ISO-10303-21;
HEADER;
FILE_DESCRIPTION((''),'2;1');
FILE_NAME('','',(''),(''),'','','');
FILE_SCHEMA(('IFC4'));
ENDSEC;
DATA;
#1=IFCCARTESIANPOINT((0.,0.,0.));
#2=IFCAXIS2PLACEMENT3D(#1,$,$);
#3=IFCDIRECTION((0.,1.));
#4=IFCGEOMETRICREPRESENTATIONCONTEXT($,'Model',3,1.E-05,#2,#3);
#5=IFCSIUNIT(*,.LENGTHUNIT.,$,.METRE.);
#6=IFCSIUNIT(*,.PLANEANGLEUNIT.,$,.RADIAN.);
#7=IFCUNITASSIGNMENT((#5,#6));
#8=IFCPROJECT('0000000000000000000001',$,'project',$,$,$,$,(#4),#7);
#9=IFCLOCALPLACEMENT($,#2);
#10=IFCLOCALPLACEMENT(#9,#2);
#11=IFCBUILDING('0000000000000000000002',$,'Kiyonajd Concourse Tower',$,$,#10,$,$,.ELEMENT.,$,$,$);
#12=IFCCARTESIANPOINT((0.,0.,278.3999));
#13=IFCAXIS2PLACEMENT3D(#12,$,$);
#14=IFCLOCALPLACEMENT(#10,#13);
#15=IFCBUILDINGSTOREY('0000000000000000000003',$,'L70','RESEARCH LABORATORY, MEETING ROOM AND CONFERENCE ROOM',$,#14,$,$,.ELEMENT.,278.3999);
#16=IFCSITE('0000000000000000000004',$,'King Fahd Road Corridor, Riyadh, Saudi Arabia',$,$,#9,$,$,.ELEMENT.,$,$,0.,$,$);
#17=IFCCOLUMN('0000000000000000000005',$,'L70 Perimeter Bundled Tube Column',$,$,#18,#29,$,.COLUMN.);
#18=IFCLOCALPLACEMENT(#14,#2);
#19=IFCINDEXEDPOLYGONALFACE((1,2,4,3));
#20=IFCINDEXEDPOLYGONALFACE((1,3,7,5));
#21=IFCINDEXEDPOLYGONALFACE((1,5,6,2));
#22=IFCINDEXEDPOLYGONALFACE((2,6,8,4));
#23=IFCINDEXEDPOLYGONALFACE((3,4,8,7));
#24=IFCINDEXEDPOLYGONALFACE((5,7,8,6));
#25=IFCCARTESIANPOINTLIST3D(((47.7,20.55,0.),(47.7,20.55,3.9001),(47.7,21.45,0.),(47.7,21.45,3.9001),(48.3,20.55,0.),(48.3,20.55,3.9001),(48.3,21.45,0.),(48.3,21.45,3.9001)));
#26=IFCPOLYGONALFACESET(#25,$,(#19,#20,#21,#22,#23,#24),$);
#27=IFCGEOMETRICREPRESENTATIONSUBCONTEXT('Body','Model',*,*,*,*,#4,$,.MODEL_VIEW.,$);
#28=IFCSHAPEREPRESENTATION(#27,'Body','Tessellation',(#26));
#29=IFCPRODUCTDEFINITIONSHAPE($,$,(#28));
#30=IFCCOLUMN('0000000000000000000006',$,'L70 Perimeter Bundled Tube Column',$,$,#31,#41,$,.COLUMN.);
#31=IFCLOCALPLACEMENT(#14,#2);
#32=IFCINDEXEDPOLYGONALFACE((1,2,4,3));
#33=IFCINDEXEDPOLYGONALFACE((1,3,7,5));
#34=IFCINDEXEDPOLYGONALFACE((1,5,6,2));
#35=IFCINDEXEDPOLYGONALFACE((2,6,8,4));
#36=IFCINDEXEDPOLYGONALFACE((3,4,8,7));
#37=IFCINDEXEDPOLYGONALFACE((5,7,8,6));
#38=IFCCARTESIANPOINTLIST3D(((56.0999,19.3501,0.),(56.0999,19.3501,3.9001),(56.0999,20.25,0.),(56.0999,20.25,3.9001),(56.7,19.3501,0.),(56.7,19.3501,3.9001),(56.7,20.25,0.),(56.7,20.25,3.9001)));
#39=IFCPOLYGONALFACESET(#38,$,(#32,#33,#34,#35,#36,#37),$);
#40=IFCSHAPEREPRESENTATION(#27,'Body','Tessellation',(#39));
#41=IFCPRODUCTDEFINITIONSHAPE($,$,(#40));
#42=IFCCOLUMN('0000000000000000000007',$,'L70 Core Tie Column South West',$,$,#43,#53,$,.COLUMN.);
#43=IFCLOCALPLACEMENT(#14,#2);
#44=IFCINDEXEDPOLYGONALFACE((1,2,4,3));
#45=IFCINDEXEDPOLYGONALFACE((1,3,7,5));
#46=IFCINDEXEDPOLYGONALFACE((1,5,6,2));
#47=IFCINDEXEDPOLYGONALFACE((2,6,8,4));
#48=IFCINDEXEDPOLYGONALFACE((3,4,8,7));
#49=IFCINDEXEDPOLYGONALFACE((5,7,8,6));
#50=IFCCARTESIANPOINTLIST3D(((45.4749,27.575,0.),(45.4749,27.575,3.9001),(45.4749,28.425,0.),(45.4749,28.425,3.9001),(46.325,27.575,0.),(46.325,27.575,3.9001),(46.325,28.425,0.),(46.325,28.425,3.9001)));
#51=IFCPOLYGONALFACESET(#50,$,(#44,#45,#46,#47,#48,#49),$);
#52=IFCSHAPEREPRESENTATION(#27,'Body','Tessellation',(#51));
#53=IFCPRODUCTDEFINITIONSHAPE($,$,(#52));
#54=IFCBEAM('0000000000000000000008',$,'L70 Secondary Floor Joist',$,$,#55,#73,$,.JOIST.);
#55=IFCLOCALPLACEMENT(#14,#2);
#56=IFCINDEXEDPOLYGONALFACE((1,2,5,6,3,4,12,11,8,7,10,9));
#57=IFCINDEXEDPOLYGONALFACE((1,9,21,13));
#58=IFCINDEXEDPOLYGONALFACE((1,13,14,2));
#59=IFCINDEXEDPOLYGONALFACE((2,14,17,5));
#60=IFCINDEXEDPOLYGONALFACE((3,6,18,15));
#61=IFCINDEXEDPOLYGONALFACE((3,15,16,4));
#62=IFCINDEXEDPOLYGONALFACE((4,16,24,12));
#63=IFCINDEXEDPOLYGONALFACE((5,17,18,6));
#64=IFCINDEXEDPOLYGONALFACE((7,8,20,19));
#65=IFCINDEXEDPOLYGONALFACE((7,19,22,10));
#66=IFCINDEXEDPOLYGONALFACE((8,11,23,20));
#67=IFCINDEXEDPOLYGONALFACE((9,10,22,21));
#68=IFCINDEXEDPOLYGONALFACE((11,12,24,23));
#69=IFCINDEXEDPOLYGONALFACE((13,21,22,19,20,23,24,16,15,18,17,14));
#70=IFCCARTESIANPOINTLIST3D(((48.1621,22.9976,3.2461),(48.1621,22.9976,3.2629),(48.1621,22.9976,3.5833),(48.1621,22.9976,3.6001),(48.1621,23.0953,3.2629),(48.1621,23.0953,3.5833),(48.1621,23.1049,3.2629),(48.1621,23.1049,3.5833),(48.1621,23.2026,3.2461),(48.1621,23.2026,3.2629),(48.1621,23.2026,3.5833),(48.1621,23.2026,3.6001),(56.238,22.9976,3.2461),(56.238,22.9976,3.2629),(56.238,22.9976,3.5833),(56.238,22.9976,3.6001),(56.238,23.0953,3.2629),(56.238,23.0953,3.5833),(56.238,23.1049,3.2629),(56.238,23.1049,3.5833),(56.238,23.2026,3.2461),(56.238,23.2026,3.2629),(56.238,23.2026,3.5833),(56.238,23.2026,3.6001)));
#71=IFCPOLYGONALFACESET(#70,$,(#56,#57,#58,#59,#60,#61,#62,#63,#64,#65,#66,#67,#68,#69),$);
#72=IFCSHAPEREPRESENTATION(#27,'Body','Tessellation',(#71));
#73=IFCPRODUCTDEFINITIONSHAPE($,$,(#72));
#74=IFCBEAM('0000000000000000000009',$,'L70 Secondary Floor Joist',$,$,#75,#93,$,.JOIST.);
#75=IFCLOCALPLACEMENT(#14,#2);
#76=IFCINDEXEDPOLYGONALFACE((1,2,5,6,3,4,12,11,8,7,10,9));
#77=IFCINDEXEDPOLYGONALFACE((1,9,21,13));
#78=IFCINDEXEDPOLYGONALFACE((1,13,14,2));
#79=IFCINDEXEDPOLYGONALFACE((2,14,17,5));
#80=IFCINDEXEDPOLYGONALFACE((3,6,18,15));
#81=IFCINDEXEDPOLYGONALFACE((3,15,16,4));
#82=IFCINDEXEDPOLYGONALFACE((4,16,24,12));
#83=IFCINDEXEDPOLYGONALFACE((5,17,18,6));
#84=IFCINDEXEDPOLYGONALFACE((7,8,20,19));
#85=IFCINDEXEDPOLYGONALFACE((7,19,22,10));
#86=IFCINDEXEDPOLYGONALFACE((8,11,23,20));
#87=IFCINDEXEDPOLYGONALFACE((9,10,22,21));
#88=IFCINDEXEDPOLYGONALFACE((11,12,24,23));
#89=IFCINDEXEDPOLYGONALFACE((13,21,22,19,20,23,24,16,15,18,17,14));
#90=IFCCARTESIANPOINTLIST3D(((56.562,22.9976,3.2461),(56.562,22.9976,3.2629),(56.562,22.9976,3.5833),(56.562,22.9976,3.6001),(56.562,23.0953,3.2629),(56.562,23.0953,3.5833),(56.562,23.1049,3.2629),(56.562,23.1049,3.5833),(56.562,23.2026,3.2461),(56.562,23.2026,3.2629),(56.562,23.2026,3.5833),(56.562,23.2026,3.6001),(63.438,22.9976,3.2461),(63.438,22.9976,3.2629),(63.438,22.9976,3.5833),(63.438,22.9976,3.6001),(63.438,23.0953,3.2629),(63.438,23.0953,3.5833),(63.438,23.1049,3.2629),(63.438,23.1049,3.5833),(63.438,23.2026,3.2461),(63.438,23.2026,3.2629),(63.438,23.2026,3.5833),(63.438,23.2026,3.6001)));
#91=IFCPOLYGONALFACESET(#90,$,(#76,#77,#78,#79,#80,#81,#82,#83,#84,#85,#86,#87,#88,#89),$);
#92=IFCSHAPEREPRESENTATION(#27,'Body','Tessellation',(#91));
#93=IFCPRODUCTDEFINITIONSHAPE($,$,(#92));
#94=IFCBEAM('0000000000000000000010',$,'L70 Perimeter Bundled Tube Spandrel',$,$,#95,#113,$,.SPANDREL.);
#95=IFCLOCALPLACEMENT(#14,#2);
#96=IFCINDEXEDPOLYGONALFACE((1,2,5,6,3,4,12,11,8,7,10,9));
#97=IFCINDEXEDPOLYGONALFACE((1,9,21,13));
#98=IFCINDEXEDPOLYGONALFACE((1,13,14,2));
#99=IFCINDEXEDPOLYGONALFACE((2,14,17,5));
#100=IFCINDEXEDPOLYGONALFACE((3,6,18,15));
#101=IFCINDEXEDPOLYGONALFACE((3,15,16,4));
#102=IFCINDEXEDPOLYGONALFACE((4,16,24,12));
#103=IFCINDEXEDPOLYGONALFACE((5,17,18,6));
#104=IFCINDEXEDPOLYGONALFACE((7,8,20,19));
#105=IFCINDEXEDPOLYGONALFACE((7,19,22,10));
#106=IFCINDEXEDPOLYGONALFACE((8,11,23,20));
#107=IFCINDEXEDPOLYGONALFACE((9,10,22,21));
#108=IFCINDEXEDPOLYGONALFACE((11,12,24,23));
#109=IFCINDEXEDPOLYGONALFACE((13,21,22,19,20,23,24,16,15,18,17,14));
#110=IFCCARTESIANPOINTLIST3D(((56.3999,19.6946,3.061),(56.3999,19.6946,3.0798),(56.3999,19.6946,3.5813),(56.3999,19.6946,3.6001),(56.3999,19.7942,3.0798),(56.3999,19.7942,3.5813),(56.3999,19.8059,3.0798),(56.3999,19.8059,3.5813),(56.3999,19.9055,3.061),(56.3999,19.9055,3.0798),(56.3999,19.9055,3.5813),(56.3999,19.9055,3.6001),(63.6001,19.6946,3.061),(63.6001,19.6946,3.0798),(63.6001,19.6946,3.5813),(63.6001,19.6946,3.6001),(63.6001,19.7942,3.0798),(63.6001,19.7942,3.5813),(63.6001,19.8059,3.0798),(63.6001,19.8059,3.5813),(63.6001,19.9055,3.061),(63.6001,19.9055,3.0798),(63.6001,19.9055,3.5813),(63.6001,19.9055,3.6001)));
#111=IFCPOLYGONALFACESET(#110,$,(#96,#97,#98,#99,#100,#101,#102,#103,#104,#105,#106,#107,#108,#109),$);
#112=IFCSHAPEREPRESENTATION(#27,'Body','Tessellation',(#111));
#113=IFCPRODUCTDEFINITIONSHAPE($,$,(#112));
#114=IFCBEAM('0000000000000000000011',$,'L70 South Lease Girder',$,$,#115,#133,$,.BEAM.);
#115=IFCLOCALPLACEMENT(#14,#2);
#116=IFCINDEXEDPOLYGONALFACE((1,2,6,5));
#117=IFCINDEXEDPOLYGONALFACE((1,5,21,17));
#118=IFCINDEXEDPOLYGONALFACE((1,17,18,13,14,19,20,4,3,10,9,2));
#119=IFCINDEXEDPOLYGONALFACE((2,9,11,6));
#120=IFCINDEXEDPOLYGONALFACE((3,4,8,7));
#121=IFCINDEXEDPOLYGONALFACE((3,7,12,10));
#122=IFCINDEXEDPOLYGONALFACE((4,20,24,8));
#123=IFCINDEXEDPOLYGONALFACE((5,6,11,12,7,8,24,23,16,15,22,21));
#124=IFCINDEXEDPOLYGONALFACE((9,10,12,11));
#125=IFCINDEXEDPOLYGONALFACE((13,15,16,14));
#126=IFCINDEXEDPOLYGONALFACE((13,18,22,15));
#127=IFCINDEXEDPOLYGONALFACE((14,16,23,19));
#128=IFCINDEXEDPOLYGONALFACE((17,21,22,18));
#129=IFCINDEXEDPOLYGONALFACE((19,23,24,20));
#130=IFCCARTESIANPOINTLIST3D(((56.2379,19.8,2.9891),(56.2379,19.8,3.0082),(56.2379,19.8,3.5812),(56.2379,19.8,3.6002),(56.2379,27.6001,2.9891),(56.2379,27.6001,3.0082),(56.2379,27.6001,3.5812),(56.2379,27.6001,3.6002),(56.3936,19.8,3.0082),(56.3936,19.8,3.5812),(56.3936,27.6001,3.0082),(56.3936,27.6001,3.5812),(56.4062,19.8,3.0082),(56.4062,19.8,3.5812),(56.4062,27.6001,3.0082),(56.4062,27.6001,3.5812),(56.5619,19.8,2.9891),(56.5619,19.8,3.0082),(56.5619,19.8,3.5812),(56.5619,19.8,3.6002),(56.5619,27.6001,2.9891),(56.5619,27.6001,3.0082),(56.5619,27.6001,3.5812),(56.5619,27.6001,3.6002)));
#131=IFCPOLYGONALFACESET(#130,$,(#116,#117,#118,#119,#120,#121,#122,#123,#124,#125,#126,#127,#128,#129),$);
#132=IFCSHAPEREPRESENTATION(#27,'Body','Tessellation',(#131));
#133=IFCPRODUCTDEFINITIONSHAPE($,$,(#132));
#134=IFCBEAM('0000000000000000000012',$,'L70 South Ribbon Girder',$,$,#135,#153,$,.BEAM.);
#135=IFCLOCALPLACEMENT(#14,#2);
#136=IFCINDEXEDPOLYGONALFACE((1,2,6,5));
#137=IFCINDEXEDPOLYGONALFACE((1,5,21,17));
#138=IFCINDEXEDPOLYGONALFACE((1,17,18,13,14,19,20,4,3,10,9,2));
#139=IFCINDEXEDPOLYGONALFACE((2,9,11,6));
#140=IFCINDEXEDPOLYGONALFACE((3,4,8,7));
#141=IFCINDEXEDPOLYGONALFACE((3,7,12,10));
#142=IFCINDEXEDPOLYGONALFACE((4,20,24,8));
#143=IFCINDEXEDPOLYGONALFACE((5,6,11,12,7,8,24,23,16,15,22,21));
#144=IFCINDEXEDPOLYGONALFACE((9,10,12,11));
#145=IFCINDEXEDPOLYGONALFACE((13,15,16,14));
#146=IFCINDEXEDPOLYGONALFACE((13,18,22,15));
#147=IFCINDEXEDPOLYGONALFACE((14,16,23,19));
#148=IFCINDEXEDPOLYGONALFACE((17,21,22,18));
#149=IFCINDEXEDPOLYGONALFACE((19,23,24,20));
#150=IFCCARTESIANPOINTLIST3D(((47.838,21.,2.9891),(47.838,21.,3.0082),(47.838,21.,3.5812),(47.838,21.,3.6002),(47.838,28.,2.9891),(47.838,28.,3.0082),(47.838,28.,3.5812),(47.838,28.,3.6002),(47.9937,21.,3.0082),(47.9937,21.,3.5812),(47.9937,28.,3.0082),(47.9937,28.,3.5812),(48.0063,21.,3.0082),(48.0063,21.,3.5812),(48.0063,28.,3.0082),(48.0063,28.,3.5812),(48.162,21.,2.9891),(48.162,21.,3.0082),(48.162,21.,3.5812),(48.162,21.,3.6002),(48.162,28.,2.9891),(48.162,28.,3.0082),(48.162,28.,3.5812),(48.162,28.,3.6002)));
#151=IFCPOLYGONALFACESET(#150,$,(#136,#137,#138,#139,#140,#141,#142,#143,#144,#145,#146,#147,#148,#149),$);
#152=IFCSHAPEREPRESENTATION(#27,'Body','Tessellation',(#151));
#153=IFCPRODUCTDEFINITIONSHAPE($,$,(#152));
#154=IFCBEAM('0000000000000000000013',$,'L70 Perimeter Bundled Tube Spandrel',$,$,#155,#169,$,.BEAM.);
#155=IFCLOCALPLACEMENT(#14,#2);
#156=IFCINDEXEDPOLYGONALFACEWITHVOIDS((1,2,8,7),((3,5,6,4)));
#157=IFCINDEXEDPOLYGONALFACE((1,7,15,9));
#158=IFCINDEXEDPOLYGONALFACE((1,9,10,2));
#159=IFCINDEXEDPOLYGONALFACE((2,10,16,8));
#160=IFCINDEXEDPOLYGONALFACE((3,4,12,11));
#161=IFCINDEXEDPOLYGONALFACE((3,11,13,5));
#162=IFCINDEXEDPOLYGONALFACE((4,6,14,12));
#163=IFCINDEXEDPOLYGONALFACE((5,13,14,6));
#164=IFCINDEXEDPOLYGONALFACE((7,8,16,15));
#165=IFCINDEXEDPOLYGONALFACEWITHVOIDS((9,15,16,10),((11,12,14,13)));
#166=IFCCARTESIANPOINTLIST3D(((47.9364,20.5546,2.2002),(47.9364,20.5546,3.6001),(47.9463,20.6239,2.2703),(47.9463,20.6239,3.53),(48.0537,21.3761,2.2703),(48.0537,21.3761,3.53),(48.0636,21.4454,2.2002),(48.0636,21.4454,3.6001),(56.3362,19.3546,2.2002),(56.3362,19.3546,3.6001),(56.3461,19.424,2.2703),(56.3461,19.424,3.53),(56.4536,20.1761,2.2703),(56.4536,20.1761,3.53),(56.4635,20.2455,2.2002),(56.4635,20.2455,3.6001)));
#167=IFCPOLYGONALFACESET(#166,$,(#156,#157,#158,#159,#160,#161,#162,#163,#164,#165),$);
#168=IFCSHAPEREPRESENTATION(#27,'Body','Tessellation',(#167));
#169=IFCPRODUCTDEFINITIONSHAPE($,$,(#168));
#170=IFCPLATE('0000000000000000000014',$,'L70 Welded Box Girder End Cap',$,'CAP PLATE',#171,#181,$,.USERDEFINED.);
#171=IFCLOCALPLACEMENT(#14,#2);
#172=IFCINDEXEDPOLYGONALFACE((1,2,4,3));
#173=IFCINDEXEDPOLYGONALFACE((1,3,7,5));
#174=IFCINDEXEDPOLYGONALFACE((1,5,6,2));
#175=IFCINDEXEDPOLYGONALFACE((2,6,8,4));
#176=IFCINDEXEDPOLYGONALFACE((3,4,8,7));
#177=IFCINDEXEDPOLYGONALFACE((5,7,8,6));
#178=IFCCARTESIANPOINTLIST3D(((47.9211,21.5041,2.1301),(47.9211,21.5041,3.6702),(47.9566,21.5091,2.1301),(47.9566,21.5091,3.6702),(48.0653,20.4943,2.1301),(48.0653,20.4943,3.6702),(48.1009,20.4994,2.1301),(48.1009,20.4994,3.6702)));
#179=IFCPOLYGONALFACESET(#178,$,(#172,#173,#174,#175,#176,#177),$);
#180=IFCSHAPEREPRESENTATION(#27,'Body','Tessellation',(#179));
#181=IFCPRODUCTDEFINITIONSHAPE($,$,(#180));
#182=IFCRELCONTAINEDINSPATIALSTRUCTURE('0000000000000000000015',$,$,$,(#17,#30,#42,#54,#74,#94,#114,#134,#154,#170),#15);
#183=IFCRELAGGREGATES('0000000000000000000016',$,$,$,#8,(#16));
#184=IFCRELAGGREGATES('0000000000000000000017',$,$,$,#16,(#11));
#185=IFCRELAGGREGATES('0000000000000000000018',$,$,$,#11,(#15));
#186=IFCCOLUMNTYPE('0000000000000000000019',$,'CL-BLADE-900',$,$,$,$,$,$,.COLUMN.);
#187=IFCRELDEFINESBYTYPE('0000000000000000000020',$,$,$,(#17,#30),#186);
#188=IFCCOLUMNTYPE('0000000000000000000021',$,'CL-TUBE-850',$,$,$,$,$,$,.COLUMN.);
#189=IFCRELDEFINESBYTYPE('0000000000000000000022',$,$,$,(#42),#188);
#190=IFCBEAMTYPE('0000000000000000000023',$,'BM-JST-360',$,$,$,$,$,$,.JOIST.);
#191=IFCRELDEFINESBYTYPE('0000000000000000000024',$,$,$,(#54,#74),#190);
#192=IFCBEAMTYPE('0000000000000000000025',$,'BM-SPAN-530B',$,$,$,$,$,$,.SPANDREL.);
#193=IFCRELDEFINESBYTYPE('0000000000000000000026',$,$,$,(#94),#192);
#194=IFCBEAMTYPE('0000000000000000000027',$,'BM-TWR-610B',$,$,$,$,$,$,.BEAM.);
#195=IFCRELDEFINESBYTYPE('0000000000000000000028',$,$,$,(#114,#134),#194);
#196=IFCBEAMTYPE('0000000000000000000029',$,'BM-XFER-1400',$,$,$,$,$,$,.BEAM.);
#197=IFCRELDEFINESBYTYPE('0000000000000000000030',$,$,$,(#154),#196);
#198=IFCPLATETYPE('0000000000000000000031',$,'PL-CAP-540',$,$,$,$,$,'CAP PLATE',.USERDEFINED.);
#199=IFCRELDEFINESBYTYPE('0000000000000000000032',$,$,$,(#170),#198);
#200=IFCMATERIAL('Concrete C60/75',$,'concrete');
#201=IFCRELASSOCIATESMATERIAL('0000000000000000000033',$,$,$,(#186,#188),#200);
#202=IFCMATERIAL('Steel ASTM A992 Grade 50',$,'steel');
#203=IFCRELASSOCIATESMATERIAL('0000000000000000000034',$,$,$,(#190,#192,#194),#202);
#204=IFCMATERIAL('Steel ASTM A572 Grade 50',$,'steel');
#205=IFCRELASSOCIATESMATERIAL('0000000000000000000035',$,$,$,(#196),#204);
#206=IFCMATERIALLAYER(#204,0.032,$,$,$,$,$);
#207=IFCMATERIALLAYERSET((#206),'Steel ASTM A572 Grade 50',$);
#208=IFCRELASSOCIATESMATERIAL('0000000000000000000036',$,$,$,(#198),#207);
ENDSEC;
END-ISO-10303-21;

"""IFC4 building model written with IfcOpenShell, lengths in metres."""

from ifc_helpers import new_model, si_unit, direction, frame, origin, origin_2d, place, context, subcontext, project, spatial, rectangle, hollow_rectangle, i_section, extrude, material, layer, layer_set, material_profile, profile_set, type_object, element, save


model = new_model("IFC4")

# Units and contexts
model_context = context("Model", 3, precision=1e-05, world=origin(), true_north=direction((0.0, 1.0)))
body_context = subcontext(model_context, "Body", "Model", "MODEL_VIEW")
ifc_project = project(units=[si_unit("LENGTHUNIT", "METRE"), si_unit("PLANEANGLEUNIT", "RADIAN")], contexts=[model_context])

# Site, building, storey
site_placement = place(None, origin())
site = spatial("IfcSite", under=ifc_project, at=site_placement, Name="King Fahd Road Corridor, Riyadh, Saudi Arabia", CompositionType="ELEMENT", RefElevation=0.0)
building_placement = place(site_placement, origin())
building = spatial("IfcBuilding", under=site, at=building_placement, Name="Kiyonajd Concourse Tower", CompositionType="ELEMENT")
storey_placement = place(building_placement, frame((0.0, 0.0, 278.3999)))
storey = spatial("IfcBuildingStorey", under=building, at=storey_placement, Name="L70", Description="RESEARCH LABORATORY, MEETING ROOM AND CONFERENCE ROOM", CompositionType="ELEMENT", Elevation=278.3999)

# Columns
ifc_material_1 = material(Name="Concrete C60/75", Category="concrete")
ifc_material_profile_1 = material_profile(ifc_material_1, rectangle(XDim=0.6001, YDim=0.8999, at=origin_2d()), Name="RC-900x600")
ifc_profile_set_1 = profile_set([ifc_material_profile_1], Name="Concrete C60/75")
column_type_1 = type_object("IfcColumnType", Name="CL-BLADE-900", PredefinedType="COLUMN", material=ifc_profile_set_1)
for number, where, z_axis, x_axis, name in (
    (1, (48.0, 21.0, 0.0), (0.0, 0.0, 1.0), (1.0, 0.0, 0.0), "L70 Perimeter Bundled Tube Column"),
    (2, (56.3999, 19.8, 0.0), (0.0, 0.0, 1.0), (1.0, 0.0, 0.0), "L70 Perimeter Bundled Tube Column"),
):
    element("IfcColumn", number, at=place(storey_placement, frame(where, z_axis=z_axis, x_axis=x_axis)), inside=storey, type_object=column_type_1, Name=name, PredefinedType="COLUMN", context=body_context, shape_type="SweptSolid", body=[
        extrude(rectangle(XDim=0.6001, YDim=0.8999, at=origin_2d()), origin(), (0.0, 0.0, 1.0), 3.9001),
    ])
ifc_material_profile_2 = material_profile(ifc_material_1, rectangle(XDim=0.8501, YDim=0.8501, at=origin_2d()), Name="RC-850x850")
ifc_profile_set_2 = profile_set([ifc_material_profile_2], Name="Concrete C60/75")
column_type_2 = type_object("IfcColumnType", Name="CL-TUBE-850", PredefinedType="COLUMN", material=ifc_profile_set_2)
column_placement = place(storey_placement, frame((45.8999, 28.0, 0.0), z_axis=(0.0, 0.0, 1.0), x_axis=(1.0, 0.0, 0.0)))
element("IfcColumn", 3, at=column_placement, inside=storey, type_object=column_type_2, Name="L70 Core Tie Column South West", PredefinedType="COLUMN", context=body_context, shape_type="SweptSolid", body=[
    extrude(rectangle(XDim=0.8501, YDim=0.8501, at=origin_2d()), origin(), (0.0, 0.0, 1.0), 3.9001),
])

# Beams
ifc_material_2 = material(Name="Steel ASTM A992 Grade 50", Category="steel")
ifc_material_profile_3 = material_profile(ifc_material_2, i_section(OverallWidth=0.2051, OverallDepth=0.354, WebThickness=0.0095, FlangeThickness=0.0168, at=origin_2d()), Name="W360X79")
ifc_profile_set_3 = profile_set([ifc_material_profile_3], Name="Steel ASTM A992 Grade 50")
beam_type_1 = type_object("IfcBeamType", Name="BM-JST-360", PredefinedType="JOIST", material=ifc_profile_set_3)
beam_1_placement = place(storey_placement, frame((48.1621, 23.1001, 3.4231), z_axis=(1.0, 0.0, 0.0), x_axis=(0.0, 1.0, 0.0)))
element("IfcBeam", 4, at=beam_1_placement, inside=storey, type_object=beam_type_1, Name="L70 Secondary Floor Joist", PredefinedType="JOIST", context=body_context, shape_type="SweptSolid", body=[
    extrude(i_section(OverallWidth=0.2051, OverallDepth=0.354, WebThickness=0.0095, FlangeThickness=0.0168, at=origin_2d()), origin(), (0.0, 0.0, 1.0), 8.0759),
])
beam_2_placement = place(storey_placement, frame((56.562, 23.1001, 3.4231), z_axis=(1.0, 0.0, 0.0), x_axis=(0.0, 1.0, 0.0)))
element("IfcBeam", 5, at=beam_2_placement, inside=storey, type_object=beam_type_1, Name="L70 Secondary Floor Joist", PredefinedType="JOIST", context=body_context, shape_type="SweptSolid", body=[
    extrude(i_section(OverallWidth=0.2051, OverallDepth=0.354, WebThickness=0.0095, FlangeThickness=0.0168, at=origin_2d()), origin(), (0.0, 0.0, 1.0), 6.876),
])
ifc_material_profile_4 = material_profile(ifc_material_2, i_section(OverallWidth=0.2109, OverallDepth=0.5391, WebThickness=0.0117, FlangeThickness=0.0188, at=origin_2d()), Name="W530X109")
ifc_profile_set_4 = profile_set([ifc_material_profile_4], Name="Steel ASTM A992 Grade 50")
beam_type_2 = type_object("IfcBeamType", Name="BM-SPAN-530B", PredefinedType="SPANDREL", material=ifc_profile_set_4)
beam_3_placement = place(storey_placement, frame((56.3999, 19.8, 3.3306), z_axis=(1.0, 0.0, 0.0), x_axis=(0.0, 1.0, 0.0)))
element("IfcBeam", 6, at=beam_3_placement, inside=storey, type_object=beam_type_2, Name="L70 Perimeter Bundled Tube Spandrel", PredefinedType="SPANDREL", context=body_context, shape_type="SweptSolid", body=[
    extrude(i_section(OverallWidth=0.2109, OverallDepth=0.5391, WebThickness=0.0117, FlangeThickness=0.0188, at=origin_2d()), origin(), (0.0, 0.0, 1.0), 7.2002),
])
ifc_material_profile_5 = material_profile(ifc_material_2, i_section(OverallWidth=0.324, OverallDepth=0.6111, WebThickness=0.0127, FlangeThickness=0.019, at=origin_2d()), Name="W610X155")
ifc_profile_set_5 = profile_set([ifc_material_profile_5], Name="Steel ASTM A992 Grade 50")
beam_type_3 = type_object("IfcBeamType", Name="BM-TWR-610B", PredefinedType="BEAM", material=ifc_profile_set_5)
beam_4_placement = place(storey_placement, frame((56.3999, 19.8, 3.2947), z_axis=(0.0, 1.0, 0.0), x_axis=(-1.0, 0.0, 0.0)))
element("IfcBeam", 7, at=beam_4_placement, inside=storey, type_object=beam_type_3, Name="L70 South Lease Girder", PredefinedType="BEAM", context=body_context, shape_type="SweptSolid", body=[
    extrude(i_section(OverallWidth=0.324, OverallDepth=0.6111, WebThickness=0.0127, FlangeThickness=0.019, at=origin_2d()), origin(), (0.0, 0.0, 1.0), 7.8),
])
beam_5_placement = place(storey_placement, frame((48.0, 21.0, 3.2947), z_axis=(0.0, 1.0, 0.0), x_axis=(-1.0, 0.0, 0.0)))
element("IfcBeam", 8, at=beam_5_placement, inside=storey, type_object=beam_type_3, Name="L70 South Ribbon Girder", PredefinedType="BEAM", context=body_context, shape_type="SweptSolid", body=[
    extrude(i_section(OverallWidth=0.324, OverallDepth=0.6111, WebThickness=0.0127, FlangeThickness=0.019, at=origin_2d()), origin(), (0.0, 0.0, 1.0), 7.0),
])
ifc_material_3 = material(Name="Steel ASTM A572 Grade 50", Category="steel")
ifc_material_profile_6 = material_profile(ifc_material_3, hollow_rectangle(XDim=0.8999, YDim=1.3999, WallThickness=0.0701, at=origin_2d()), Name="BOX-1400x900x70")
ifc_profile_set_6 = profile_set([ifc_material_profile_6], Name="Steel ASTM A572 Grade 50")
beam_type_4 = type_object("IfcBeamType", Name="BM-XFER-1400", PredefinedType="BEAM", material=ifc_profile_set_6)
beam_6_placement = place(storey_placement, frame((48.0, 21.0, 2.9001), z_axis=(0.98995, -0.141417, 0.0), x_axis=(0.141417, 0.98995, 0.0)))
element("IfcBeam", 9, at=beam_6_placement, inside=storey, type_object=beam_type_4, Name="L70 Perimeter Bundled Tube Spandrel", PredefinedType="BEAM", context=body_context, shape_type="SweptSolid", body=[
    extrude(hollow_rectangle(XDim=0.8999, YDim=1.3999, WallThickness=0.0701, at=origin_2d()), origin(), (0.0, 0.0, 1.0), 8.4851),
])

# Plate
ifc_layer_1 = layer(ifc_material_3, 0.032)
ifc_layer_set_1 = layer_set([ifc_layer_1], Name="Steel ASTM A572 Grade 50")
plate_type_1 = type_object("IfcPlateType", Name="PL-CAP-540", ElementType="CAP PLATE", PredefinedType="USERDEFINED", material=ifc_layer_set_1)
for number, where, z_axis, x_axis, name in (
    (10, (48.011, 21.0017, 2.1301), (0.0, 0.0, 1.0), (0.98995, 0.14142, 0.0), "L70 Welded Box Girder End Cap"),
):
    element("IfcPlate", number, at=place(storey_placement, frame(where, z_axis=z_axis, x_axis=x_axis)), inside=storey, type_object=plate_type_1, Name=name, ObjectType="CAP PLATE", PredefinedType="USERDEFINED", context=body_context, shape_type="SweptSolid", body=[
        extrude(rectangle(XDim=0.0359, YDim=1.02, at=origin_2d()), origin(), (0.0, 0.0, 1.0), 1.54),
    ])

save(model, "model.ifc")
